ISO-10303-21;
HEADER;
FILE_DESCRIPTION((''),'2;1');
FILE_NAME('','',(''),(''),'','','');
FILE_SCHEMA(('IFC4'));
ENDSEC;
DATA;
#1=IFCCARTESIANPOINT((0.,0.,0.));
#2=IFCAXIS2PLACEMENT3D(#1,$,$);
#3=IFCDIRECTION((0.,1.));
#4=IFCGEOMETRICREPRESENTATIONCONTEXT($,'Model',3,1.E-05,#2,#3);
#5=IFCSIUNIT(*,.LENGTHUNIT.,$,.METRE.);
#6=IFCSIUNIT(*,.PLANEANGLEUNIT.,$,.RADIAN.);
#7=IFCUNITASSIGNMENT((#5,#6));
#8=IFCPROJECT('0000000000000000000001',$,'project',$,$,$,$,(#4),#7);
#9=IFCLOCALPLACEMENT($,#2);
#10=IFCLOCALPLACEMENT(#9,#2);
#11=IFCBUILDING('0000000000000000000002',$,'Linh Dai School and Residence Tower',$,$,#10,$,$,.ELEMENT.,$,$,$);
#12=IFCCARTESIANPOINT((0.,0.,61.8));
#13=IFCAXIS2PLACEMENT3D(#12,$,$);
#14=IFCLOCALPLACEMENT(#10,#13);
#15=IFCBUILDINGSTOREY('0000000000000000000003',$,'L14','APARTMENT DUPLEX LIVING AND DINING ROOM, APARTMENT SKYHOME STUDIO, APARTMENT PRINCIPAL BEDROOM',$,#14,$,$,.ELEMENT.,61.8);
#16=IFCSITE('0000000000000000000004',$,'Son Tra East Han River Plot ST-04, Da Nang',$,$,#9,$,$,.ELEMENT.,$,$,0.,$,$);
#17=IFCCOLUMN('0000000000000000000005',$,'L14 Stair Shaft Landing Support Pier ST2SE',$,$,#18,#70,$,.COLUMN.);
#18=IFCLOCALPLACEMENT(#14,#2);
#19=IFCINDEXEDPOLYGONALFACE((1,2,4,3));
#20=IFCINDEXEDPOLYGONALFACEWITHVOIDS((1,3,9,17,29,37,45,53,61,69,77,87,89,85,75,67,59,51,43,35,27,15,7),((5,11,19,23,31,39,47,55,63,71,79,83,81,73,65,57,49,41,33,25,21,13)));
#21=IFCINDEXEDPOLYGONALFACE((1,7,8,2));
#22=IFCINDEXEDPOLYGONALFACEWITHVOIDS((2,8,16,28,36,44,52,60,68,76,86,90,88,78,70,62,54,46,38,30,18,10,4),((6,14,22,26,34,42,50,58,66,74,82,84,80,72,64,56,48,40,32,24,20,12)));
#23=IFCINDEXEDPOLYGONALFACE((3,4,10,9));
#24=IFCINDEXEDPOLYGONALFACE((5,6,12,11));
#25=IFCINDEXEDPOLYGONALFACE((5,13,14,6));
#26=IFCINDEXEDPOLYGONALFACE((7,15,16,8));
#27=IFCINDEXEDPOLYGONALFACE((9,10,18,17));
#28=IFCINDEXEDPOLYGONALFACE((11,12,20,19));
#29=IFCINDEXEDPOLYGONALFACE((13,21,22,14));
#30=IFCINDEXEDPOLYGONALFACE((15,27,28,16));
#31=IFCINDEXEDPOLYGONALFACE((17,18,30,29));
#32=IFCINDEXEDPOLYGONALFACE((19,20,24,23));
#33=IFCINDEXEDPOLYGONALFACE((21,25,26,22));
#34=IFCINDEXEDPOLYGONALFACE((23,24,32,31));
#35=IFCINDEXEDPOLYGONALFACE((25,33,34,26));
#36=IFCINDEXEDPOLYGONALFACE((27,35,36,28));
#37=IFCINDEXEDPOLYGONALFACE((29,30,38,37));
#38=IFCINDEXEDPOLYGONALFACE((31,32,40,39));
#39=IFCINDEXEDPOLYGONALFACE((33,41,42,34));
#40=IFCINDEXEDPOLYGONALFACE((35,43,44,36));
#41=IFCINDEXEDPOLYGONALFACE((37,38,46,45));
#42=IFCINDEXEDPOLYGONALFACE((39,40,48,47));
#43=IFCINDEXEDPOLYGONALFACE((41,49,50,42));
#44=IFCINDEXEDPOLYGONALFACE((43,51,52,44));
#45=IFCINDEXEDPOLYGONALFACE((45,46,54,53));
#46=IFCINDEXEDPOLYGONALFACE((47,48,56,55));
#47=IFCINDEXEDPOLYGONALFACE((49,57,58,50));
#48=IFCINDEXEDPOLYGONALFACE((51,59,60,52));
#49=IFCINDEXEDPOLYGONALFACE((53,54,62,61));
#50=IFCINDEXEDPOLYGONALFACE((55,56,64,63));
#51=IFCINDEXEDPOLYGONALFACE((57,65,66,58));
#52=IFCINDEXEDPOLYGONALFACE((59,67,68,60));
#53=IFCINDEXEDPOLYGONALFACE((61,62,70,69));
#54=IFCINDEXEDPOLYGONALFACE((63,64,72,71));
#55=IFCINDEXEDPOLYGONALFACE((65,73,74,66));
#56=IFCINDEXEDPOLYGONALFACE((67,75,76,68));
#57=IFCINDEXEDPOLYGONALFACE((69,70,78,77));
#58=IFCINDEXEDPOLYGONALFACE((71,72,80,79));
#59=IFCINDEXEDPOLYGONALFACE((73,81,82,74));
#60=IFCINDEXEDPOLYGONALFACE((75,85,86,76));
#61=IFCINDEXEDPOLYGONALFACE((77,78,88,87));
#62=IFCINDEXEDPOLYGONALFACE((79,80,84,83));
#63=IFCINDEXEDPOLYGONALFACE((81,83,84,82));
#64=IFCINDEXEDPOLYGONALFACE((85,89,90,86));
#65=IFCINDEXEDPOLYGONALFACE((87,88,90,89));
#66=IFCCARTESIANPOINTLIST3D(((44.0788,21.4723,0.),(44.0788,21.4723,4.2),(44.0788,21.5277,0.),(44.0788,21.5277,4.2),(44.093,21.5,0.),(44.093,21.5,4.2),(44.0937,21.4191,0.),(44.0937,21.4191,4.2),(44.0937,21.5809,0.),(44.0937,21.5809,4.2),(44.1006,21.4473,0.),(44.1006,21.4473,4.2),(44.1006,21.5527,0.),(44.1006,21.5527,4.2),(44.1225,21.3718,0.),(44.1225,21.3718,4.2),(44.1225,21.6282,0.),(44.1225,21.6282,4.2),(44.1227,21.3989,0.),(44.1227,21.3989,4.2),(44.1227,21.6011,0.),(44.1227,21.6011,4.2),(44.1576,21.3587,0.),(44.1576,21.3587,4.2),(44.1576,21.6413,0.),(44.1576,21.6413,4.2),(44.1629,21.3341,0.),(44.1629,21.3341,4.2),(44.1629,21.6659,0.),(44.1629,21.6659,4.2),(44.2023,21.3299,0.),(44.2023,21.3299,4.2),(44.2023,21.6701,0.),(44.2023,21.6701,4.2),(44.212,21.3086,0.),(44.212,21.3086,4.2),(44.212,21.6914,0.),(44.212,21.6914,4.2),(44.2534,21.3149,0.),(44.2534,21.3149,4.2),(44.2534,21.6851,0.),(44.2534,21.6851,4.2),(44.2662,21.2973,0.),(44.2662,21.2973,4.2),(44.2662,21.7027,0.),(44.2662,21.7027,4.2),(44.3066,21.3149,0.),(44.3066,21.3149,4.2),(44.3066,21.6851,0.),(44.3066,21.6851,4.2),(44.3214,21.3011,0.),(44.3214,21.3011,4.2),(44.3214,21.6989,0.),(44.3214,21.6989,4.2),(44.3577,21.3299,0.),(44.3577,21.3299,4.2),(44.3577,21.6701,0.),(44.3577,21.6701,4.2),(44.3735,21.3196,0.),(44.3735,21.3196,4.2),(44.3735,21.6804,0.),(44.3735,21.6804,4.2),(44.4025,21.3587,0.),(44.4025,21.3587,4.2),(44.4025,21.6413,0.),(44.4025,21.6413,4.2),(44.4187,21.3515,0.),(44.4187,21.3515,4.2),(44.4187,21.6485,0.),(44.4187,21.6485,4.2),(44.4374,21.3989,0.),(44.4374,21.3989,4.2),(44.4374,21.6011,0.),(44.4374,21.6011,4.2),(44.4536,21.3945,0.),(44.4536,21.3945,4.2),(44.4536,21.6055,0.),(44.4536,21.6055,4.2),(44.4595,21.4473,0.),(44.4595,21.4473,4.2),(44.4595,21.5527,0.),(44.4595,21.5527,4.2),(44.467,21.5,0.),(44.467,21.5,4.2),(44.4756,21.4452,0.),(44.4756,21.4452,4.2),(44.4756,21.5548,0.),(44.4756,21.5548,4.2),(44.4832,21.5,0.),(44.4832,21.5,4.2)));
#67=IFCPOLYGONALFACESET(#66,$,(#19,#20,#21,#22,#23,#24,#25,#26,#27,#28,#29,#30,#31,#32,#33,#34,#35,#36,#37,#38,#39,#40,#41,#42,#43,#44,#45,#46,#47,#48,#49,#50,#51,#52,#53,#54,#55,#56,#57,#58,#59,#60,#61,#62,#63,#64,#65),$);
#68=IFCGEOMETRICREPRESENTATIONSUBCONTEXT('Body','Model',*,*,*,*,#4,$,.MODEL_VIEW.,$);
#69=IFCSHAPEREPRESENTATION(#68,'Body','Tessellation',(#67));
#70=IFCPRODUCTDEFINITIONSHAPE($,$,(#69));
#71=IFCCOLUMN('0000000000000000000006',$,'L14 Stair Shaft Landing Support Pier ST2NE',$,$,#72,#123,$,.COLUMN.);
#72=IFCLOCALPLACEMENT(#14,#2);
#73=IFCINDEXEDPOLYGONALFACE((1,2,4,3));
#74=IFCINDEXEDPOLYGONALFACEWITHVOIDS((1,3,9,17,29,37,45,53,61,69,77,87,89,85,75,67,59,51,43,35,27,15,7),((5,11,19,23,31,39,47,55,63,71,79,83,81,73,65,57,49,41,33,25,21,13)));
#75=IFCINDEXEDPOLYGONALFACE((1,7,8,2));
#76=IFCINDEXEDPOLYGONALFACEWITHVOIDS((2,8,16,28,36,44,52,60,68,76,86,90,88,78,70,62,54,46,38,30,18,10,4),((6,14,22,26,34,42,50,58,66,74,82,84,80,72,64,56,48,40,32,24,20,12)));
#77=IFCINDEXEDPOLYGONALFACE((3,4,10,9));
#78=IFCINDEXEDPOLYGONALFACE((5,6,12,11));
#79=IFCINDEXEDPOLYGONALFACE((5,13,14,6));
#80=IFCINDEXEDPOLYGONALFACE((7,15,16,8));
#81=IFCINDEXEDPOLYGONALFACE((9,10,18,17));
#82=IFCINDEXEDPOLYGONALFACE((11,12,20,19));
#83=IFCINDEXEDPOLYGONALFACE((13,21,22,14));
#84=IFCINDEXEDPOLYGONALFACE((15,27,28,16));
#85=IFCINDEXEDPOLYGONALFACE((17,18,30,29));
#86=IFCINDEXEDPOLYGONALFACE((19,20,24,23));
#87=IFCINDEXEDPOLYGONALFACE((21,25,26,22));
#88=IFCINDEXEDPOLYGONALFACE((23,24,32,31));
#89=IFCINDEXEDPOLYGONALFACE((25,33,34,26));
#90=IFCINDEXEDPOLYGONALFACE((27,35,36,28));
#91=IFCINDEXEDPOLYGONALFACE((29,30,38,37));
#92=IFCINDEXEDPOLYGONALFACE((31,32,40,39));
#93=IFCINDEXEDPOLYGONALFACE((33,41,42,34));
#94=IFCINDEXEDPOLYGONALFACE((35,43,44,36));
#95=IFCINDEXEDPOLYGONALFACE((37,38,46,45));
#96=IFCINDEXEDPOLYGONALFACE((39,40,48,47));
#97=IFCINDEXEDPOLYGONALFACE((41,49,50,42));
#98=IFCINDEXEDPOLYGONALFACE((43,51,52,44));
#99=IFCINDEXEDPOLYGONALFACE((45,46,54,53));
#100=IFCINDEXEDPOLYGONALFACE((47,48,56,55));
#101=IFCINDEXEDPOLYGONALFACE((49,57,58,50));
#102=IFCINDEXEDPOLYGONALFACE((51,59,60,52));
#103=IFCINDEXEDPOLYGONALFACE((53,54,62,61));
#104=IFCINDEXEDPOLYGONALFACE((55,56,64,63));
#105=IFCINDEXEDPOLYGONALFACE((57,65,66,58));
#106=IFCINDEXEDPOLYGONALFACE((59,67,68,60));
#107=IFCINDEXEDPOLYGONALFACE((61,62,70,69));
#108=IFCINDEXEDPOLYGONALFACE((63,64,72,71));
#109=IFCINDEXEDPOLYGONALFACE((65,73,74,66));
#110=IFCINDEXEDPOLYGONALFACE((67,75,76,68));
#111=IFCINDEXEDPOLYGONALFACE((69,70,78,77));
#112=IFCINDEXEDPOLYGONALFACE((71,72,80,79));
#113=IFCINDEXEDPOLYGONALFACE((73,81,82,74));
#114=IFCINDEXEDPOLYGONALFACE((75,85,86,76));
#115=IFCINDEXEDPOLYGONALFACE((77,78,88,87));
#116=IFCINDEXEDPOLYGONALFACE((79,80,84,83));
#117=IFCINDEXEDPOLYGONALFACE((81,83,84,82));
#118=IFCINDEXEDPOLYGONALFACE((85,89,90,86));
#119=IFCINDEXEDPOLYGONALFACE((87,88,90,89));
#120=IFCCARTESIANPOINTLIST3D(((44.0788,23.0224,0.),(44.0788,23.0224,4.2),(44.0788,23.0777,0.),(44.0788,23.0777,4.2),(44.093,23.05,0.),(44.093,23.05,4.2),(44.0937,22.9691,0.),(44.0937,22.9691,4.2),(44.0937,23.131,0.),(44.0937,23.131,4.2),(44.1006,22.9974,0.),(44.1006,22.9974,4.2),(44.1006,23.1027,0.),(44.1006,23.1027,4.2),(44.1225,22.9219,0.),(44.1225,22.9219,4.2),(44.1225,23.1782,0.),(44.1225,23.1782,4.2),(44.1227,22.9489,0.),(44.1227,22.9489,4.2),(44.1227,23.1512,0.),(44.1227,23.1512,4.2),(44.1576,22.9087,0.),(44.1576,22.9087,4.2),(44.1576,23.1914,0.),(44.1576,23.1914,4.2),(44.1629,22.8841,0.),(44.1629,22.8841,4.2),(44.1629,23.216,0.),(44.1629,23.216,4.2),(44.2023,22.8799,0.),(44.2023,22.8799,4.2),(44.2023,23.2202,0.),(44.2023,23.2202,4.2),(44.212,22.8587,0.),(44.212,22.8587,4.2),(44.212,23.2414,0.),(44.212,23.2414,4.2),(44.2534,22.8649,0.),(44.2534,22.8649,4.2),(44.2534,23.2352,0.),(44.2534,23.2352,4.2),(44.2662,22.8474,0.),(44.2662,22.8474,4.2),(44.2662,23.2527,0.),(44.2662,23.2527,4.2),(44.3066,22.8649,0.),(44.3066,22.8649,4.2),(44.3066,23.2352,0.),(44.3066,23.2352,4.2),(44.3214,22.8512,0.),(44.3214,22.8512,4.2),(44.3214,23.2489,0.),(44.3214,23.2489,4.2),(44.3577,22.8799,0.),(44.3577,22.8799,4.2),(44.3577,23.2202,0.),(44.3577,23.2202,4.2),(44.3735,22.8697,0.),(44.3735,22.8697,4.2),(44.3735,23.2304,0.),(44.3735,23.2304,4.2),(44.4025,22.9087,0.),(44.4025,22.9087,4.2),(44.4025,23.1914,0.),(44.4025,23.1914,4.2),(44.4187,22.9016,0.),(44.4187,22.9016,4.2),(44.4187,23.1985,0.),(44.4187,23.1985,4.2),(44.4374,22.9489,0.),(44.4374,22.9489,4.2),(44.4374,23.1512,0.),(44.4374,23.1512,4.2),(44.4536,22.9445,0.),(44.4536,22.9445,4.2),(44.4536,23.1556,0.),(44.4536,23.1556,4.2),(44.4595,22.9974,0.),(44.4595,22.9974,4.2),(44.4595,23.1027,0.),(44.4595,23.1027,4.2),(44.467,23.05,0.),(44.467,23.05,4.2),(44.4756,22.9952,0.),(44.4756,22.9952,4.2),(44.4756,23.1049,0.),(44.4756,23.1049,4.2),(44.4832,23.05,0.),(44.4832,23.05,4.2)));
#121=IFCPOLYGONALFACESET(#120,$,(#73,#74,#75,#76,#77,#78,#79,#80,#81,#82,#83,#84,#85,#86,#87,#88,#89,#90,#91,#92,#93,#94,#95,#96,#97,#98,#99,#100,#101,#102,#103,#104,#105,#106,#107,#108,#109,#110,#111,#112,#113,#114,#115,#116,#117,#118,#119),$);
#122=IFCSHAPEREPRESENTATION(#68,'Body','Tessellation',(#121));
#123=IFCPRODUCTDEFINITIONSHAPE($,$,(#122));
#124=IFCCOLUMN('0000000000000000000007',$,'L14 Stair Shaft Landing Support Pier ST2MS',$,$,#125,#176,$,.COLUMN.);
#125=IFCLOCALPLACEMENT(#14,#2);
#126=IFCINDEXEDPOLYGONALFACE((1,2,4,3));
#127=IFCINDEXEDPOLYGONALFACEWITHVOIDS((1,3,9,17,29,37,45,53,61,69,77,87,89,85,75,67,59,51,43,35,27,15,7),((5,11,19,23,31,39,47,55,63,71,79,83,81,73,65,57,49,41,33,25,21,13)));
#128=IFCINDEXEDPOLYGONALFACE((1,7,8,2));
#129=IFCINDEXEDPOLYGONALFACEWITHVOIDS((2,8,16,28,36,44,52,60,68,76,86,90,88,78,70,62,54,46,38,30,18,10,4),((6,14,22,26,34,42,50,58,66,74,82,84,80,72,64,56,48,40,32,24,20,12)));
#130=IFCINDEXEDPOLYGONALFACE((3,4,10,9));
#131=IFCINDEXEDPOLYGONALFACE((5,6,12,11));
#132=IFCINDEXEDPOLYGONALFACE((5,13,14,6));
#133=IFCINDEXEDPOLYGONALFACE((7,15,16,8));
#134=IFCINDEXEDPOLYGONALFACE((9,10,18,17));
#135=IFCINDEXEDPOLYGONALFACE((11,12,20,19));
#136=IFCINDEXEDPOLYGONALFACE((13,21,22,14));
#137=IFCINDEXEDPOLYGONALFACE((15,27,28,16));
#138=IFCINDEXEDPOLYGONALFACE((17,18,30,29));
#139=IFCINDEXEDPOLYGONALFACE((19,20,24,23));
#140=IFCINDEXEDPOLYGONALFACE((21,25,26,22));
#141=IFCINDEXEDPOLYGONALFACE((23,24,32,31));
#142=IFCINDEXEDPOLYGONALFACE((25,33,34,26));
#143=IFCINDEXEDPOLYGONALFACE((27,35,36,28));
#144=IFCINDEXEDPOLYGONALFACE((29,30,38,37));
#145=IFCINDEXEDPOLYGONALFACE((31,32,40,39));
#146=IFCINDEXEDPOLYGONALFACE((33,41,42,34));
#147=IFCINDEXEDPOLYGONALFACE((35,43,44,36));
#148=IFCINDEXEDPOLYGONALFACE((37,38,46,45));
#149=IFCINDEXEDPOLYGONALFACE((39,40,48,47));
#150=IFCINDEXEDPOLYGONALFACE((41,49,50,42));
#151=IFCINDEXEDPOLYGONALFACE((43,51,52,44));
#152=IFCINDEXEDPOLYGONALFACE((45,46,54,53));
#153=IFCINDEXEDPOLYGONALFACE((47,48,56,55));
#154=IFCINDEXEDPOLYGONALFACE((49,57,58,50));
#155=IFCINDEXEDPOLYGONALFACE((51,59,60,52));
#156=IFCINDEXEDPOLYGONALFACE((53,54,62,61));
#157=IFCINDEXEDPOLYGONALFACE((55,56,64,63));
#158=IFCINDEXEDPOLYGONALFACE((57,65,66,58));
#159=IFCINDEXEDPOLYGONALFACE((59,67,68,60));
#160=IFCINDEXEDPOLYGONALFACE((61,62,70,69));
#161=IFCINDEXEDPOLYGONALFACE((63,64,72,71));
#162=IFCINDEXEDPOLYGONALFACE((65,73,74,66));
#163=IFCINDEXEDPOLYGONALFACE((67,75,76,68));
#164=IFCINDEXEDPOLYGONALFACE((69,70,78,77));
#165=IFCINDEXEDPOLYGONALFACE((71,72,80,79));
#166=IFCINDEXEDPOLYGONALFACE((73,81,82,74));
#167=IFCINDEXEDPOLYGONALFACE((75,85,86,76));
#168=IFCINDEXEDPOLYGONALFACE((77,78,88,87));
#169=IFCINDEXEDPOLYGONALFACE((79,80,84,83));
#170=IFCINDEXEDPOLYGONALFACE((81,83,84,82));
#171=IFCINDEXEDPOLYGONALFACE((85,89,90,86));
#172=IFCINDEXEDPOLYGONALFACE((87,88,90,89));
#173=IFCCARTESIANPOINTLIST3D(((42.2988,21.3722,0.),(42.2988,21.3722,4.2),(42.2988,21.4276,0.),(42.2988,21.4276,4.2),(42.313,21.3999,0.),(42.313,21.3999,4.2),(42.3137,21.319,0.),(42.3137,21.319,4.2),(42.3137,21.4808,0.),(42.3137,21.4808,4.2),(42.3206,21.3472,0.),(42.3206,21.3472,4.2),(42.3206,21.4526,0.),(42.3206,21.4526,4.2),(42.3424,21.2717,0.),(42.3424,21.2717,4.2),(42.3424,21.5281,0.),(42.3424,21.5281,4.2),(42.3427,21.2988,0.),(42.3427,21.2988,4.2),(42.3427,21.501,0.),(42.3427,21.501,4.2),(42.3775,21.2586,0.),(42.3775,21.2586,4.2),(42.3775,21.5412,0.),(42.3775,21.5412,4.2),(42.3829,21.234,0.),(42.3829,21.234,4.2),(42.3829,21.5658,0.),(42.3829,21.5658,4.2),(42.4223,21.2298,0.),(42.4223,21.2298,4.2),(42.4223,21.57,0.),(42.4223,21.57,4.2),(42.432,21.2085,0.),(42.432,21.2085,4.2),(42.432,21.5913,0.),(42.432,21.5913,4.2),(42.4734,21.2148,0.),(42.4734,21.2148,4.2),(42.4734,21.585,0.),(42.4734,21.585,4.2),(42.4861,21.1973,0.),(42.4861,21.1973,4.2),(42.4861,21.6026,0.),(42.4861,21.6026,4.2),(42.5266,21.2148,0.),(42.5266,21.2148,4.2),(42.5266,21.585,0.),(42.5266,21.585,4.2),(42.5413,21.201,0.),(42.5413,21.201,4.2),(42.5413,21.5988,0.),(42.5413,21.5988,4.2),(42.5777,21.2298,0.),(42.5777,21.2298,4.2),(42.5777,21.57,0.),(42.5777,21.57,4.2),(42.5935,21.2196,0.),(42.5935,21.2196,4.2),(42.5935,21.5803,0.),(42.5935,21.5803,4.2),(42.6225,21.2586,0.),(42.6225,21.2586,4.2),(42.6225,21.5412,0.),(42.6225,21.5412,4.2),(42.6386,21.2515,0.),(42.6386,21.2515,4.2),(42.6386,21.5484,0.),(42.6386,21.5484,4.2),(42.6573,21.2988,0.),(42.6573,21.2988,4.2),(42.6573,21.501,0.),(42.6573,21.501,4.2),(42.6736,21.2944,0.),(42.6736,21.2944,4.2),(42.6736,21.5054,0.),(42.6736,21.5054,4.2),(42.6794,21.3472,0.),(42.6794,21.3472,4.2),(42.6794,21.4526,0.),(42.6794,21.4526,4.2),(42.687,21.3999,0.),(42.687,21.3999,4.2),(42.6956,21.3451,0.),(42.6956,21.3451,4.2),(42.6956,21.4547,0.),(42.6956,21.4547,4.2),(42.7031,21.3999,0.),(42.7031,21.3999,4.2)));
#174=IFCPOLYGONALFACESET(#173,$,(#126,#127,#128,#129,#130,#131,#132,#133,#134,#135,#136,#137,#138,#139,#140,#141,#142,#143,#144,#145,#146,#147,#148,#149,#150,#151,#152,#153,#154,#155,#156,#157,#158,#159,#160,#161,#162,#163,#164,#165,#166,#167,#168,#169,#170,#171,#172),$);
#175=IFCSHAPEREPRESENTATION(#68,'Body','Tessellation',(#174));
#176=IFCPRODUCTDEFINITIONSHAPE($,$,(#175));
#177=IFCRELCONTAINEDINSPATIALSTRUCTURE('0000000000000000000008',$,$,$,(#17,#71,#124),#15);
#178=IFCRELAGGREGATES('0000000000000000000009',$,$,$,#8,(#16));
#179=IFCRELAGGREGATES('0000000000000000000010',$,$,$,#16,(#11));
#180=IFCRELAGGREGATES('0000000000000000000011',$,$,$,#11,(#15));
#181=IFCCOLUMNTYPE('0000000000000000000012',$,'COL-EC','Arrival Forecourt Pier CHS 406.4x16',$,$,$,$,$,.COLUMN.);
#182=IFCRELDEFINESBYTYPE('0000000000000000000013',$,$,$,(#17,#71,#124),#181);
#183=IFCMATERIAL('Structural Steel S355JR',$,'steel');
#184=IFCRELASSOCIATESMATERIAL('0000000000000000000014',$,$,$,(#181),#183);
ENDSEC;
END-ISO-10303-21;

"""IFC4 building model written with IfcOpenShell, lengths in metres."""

from ifc_helpers import new_model, si_unit, direction, frame, origin, origin_2d, place, context, subcontext, project, spatial, hollow_circle, extrude, material, material_profile, profile_set, type_object, element, save


model = new_model("IFC4")

# Units and contexts
model_context = context("Model", 3, precision=1e-05, world=origin(), true_north=direction((0.0, 1.0)))
body_context = subcontext(model_context, "Body", "Model", "MODEL_VIEW")
ifc_project = project(units=[si_unit("LENGTHUNIT", "METRE"), si_unit("PLANEANGLEUNIT", "RADIAN")], contexts=[model_context])

# Site, building, storey
site_placement = place(None, origin())
site = spatial("IfcSite", under=ifc_project, at=site_placement, Name="Son Tra East Han River Plot ST-04, Da Nang", CompositionType="ELEMENT", RefElevation=0.0)
building_placement = place(site_placement, origin())
building = spatial("IfcBuilding", under=site, at=building_placement, Name="Linh Dai School and Residence Tower", CompositionType="ELEMENT")
storey_placement = place(building_placement, frame((0.0, 0.0, 61.8)))
storey = spatial("IfcBuildingStorey", under=building, at=storey_placement, Name="L14", Description="APARTMENT DUPLEX LIVING AND DINING ROOM, APARTMENT SKYHOME STUDIO, APARTMENT PRINCIPAL BEDROOM", CompositionType="ELEMENT", Elevation=61.8)

# Columns
ifc_material_1 = material(Name="Structural Steel S355JR", Category="steel")
ifc_material_profile_1 = material_profile(ifc_material_1, hollow_circle(Radius=0.2031, WallThickness=0.0161, at=origin_2d()), Name="CHS 406.4x16")
ifc_profile_set_1 = profile_set([ifc_material_profile_1], Name="Structural Steel S355JR")
column_type_1 = type_object("IfcColumnType", Name="COL-EC", Description="Arrival Forecourt Pier CHS 406.4x16", PredefinedType="COLUMN", material=ifc_profile_set_1)
for number, where, z_axis, x_axis, name in (
    (1, (44.28, 21.5, 0.0), (0.0, 0.0, 1.0), (1.0, 0.0, 0.0), "L14 Stair Shaft Landing Support Pier ST2SE"),
    (2, (44.28, 23.05, 0.0), (0.0, 0.0, 1.0), (1.0, 0.0, 0.0), "L14 Stair Shaft Landing Support Pier ST2NE"),
    (3, (42.5, 21.3999, 0.0), (0.0, 0.0, 1.0), (1.0, 0.0, 0.0), "L14 Stair Shaft Landing Support Pier ST2MS"),
):
    element("IfcColumn", number, at=place(storey_placement, frame(where, z_axis=z_axis, x_axis=x_axis)), inside=storey, type_object=column_type_1, Name=name, PredefinedType="COLUMN", context=body_context, shape_type="SweptSolid", body=[
        extrude(hollow_circle(Radius=0.2031, WallThickness=0.0161, at=origin_2d()), origin(), (0.0, 0.0, 1.0), 4.2),
    ])

save(model, "model.ifc")
